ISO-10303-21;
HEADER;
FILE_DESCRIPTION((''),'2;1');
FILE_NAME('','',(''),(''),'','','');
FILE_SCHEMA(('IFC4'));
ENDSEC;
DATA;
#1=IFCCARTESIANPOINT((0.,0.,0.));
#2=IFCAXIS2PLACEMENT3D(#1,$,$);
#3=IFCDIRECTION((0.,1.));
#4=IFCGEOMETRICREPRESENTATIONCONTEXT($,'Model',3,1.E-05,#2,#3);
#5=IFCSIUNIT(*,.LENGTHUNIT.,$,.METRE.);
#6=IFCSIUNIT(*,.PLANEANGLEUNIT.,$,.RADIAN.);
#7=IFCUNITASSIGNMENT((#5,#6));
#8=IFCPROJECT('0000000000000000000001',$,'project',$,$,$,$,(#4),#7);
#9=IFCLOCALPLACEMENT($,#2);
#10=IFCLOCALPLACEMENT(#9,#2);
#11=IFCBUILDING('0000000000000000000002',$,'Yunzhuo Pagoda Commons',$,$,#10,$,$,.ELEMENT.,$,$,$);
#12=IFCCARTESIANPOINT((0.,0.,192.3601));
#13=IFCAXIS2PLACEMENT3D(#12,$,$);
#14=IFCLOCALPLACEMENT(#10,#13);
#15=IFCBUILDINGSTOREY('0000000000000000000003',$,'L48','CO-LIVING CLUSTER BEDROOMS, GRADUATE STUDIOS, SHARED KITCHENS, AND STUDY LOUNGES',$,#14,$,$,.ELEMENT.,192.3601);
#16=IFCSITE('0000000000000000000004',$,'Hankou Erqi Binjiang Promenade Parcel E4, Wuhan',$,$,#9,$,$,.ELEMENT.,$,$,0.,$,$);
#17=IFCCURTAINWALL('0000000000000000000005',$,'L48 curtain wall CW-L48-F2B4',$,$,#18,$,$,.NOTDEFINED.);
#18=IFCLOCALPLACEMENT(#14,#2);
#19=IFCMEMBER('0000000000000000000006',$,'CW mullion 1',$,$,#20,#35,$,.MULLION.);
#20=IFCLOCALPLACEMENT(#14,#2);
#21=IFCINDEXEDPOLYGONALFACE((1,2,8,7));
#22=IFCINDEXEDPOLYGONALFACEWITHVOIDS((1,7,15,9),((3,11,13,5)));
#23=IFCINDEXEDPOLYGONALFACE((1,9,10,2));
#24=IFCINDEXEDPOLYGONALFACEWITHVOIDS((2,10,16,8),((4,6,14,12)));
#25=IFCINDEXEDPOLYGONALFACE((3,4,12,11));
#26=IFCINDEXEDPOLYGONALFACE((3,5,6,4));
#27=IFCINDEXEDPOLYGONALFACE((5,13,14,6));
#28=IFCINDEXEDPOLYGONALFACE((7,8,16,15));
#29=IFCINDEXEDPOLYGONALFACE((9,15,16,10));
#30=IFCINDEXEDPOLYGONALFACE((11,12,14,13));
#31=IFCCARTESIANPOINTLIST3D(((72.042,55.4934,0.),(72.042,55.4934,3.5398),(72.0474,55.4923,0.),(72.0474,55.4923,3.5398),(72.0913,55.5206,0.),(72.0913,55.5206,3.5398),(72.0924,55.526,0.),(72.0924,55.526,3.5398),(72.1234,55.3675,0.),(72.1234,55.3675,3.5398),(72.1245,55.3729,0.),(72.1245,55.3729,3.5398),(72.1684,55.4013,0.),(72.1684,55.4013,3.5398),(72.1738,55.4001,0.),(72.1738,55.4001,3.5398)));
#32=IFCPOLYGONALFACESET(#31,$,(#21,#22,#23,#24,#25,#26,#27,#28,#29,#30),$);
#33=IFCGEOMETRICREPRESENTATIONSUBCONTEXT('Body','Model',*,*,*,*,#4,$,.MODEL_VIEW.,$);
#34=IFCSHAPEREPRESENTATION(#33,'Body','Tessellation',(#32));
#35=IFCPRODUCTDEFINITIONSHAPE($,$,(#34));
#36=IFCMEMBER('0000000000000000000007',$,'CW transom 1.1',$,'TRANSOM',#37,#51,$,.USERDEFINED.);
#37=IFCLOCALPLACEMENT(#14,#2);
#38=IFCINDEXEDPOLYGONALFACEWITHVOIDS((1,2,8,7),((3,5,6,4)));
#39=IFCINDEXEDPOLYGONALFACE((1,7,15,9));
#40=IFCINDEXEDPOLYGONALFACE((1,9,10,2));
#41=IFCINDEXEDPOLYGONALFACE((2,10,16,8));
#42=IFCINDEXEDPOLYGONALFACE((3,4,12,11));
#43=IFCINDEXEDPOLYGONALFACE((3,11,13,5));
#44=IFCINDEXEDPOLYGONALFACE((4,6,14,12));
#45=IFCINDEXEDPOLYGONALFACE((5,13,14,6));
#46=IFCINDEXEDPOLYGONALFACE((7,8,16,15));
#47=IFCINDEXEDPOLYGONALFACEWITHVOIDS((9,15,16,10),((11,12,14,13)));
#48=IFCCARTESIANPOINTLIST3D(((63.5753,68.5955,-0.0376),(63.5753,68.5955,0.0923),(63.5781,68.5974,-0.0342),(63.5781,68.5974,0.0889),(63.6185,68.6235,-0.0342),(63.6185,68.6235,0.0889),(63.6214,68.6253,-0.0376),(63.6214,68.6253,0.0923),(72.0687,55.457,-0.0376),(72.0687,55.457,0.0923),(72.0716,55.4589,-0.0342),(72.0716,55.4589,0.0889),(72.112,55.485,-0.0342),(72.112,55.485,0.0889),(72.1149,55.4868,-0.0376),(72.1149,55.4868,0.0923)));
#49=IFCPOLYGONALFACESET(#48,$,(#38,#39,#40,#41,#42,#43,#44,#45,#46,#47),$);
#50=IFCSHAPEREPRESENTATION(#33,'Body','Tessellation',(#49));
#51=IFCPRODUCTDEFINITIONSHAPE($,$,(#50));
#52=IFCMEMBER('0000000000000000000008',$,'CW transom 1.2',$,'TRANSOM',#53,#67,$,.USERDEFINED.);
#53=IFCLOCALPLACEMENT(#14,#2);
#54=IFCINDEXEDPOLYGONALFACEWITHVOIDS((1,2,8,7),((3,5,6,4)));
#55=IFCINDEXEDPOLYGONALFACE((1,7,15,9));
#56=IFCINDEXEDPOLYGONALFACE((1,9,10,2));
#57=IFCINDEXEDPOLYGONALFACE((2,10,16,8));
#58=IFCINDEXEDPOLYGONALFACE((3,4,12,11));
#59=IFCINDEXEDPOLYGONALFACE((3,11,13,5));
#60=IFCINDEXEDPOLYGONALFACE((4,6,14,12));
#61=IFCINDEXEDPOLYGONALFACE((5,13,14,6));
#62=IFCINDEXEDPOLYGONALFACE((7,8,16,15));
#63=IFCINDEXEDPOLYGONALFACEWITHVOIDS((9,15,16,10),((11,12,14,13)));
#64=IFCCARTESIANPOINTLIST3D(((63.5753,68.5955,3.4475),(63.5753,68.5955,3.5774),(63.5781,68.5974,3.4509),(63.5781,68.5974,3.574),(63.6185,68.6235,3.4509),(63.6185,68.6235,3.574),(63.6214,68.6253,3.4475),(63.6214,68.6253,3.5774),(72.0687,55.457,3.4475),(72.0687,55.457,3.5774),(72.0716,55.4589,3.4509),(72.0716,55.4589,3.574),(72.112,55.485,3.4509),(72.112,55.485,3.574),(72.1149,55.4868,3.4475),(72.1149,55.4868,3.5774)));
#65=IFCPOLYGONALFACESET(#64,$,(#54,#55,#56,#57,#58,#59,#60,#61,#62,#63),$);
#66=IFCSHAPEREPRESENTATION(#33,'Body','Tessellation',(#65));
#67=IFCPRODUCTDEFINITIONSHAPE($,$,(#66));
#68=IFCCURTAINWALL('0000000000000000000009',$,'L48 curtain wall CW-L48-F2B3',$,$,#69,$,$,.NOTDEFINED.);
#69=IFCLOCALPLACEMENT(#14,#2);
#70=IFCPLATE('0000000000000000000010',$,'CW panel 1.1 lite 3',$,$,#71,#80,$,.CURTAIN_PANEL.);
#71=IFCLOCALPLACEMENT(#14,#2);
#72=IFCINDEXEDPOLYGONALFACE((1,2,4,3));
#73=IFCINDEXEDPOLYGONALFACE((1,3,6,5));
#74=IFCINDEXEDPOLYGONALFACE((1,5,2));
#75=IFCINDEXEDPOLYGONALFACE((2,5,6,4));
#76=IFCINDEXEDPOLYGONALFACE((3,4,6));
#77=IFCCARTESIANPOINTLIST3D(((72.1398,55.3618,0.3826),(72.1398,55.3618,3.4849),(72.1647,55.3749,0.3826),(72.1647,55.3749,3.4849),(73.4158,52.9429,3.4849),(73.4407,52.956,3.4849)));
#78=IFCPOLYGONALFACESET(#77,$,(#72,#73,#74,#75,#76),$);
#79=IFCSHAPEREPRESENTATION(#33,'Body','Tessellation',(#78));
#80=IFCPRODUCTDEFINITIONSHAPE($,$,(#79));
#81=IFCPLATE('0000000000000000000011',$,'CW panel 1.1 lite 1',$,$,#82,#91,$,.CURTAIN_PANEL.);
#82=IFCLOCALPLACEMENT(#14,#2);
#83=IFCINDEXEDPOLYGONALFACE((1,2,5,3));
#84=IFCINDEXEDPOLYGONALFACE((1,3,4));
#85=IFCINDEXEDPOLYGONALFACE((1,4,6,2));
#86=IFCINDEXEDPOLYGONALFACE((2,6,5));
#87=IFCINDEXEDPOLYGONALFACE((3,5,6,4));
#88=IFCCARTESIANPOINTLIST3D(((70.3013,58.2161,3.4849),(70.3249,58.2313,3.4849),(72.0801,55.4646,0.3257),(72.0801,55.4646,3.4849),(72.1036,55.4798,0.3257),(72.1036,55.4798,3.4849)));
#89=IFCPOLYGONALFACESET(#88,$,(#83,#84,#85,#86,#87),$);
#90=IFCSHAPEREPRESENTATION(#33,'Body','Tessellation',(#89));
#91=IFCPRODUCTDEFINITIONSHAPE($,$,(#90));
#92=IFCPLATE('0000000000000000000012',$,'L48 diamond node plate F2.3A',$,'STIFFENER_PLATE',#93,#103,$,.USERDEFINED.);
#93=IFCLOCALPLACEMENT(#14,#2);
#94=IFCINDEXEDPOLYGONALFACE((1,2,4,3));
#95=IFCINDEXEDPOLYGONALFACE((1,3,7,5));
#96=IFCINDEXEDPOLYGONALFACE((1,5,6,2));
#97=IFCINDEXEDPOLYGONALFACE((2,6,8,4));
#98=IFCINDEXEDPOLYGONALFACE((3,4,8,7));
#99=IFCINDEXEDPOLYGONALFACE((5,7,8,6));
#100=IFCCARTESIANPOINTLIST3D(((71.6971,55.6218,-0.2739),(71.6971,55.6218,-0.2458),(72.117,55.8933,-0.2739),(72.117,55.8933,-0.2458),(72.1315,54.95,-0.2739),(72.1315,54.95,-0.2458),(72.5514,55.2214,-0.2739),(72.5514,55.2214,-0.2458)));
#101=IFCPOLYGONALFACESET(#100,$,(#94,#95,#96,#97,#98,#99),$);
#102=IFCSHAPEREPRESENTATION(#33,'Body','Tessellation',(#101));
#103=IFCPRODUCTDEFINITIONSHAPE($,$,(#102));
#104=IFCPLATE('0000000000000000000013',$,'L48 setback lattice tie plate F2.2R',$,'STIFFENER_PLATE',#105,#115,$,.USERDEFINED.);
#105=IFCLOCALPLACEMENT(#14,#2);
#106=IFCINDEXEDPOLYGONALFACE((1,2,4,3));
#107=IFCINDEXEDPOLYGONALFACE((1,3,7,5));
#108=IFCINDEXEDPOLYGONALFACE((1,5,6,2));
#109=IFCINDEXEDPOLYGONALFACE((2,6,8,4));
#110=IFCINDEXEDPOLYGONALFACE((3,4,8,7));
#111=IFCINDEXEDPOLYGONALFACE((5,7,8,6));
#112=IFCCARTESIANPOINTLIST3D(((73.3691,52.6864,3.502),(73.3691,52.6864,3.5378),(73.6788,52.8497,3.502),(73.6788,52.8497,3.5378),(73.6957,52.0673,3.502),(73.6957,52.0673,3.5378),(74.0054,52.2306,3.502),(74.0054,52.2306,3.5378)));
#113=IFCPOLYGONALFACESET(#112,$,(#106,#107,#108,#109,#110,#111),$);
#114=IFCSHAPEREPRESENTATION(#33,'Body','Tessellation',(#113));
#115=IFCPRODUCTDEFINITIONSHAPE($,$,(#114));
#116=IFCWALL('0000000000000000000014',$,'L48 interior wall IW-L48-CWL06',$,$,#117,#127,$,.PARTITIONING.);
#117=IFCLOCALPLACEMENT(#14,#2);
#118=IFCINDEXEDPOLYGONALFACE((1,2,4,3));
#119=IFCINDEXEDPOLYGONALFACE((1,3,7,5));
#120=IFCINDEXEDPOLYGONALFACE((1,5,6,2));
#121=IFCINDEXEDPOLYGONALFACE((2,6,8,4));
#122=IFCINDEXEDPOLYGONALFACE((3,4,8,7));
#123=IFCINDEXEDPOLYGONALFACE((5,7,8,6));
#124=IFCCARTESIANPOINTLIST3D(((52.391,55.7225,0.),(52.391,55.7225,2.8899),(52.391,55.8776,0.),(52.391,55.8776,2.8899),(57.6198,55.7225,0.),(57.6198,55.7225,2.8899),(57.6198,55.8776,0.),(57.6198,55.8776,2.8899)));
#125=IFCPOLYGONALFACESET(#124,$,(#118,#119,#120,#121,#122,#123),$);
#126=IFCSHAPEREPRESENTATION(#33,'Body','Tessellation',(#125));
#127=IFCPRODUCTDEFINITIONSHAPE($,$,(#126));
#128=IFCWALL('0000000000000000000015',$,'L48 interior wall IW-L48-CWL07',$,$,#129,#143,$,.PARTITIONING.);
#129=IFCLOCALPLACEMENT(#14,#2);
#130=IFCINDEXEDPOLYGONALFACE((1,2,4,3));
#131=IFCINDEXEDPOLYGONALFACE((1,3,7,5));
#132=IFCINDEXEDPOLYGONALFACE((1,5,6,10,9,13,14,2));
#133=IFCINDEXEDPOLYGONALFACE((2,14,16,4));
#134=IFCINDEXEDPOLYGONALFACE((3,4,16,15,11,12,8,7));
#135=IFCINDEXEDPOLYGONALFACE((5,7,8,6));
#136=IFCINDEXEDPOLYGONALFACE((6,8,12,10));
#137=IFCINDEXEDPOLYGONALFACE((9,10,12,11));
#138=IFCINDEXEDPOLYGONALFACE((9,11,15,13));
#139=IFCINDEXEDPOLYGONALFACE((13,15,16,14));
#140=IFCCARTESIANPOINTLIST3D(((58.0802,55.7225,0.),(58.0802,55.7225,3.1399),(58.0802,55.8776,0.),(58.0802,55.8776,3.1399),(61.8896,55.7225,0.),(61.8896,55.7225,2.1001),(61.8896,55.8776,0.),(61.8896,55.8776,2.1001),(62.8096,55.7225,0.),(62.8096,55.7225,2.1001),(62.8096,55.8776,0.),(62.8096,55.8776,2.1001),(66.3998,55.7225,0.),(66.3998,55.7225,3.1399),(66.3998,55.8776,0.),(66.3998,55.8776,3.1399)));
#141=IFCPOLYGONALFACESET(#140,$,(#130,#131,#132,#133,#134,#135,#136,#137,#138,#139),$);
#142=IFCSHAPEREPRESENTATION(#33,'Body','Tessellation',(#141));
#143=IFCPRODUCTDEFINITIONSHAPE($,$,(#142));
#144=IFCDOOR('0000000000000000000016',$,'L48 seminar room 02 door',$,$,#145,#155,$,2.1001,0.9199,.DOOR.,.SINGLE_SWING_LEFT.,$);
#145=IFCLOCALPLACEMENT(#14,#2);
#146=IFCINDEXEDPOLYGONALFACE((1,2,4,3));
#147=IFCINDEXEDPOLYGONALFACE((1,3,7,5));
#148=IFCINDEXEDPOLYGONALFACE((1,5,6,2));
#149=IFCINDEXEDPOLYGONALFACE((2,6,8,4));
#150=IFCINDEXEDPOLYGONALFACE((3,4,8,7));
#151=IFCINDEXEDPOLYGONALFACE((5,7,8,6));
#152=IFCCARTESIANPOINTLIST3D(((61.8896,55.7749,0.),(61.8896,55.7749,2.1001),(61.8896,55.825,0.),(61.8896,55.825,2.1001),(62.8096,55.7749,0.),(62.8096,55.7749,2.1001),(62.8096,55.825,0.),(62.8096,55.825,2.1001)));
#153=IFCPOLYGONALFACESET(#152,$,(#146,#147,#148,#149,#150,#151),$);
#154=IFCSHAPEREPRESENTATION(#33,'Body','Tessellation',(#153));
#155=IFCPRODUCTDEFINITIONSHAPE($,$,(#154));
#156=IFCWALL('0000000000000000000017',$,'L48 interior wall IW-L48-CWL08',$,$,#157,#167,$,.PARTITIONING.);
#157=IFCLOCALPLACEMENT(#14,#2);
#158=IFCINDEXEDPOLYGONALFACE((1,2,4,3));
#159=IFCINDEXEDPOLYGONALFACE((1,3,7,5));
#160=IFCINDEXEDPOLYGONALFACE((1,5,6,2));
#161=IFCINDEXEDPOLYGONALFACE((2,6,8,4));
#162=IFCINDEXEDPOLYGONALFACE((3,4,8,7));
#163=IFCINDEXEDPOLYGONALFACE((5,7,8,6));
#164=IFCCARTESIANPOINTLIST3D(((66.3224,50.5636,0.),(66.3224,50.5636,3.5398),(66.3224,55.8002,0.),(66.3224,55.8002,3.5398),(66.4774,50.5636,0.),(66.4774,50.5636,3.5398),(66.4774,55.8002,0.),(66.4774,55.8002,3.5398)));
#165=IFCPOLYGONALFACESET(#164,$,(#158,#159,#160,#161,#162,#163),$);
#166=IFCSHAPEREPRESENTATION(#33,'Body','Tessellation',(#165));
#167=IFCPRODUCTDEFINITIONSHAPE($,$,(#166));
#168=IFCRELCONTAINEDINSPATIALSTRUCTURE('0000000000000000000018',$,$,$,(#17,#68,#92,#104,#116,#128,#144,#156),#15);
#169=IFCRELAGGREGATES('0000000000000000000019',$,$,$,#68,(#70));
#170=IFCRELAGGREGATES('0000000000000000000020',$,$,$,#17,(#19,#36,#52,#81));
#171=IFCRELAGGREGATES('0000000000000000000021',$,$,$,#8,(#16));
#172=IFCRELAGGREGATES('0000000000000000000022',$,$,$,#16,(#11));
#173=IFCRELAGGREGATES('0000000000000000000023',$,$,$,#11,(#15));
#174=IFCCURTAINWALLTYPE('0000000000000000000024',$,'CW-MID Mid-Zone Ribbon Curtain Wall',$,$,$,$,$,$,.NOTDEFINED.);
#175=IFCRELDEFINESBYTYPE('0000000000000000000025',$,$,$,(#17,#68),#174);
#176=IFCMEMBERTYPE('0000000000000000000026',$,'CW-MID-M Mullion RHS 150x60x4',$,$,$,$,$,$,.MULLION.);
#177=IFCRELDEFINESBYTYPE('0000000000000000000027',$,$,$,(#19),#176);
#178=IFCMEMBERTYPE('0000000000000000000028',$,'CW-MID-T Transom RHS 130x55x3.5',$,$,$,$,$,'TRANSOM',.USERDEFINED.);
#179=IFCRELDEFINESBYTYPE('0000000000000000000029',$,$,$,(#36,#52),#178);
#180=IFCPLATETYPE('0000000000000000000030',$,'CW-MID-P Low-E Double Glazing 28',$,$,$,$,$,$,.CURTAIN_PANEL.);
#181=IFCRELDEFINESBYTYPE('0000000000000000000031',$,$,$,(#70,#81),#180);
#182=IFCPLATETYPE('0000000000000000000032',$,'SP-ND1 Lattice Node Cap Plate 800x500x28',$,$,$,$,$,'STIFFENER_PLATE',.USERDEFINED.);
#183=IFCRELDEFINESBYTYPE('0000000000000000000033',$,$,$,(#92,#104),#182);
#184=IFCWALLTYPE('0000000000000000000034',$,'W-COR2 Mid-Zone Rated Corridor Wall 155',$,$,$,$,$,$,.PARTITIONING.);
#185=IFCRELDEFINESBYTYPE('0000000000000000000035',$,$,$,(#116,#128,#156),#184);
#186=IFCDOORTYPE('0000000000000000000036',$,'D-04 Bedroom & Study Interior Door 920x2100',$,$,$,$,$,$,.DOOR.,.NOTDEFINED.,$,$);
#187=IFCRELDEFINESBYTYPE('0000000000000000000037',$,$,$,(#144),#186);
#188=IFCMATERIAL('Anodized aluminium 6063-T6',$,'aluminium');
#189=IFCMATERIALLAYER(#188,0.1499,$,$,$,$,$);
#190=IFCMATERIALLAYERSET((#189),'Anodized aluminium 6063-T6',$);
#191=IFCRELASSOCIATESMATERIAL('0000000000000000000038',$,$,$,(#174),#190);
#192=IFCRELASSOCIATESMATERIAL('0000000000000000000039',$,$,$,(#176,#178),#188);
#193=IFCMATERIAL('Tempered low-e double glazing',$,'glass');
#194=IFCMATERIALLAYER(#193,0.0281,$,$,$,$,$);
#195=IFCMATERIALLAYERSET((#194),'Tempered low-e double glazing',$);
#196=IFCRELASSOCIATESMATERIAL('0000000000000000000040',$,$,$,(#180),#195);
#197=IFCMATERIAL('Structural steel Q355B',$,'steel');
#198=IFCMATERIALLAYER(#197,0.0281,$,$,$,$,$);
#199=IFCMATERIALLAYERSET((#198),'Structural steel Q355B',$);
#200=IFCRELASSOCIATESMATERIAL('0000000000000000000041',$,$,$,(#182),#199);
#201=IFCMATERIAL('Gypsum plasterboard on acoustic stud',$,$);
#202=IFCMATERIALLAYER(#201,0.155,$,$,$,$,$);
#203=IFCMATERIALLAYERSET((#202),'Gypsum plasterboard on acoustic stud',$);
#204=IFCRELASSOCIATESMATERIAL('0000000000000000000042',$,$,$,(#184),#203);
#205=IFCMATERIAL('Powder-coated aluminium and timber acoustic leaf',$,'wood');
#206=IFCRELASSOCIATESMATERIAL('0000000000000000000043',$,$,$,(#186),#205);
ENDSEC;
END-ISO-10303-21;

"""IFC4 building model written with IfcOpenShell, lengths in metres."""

from ifc_helpers import new_model, si_unit, direction, frame, frame_2d, origin, origin_with_axes, origin_2d, place, context, subcontext, project, spatial, polyline, rectangle, hollow_rectangle, outline, extrude, source, transform, mapped, material, layer, layer_set, material_profile, profile_set, type_object, element, fill, aggregate, save


model = new_model("IFC4")

# Units and contexts
model_context = context("Model", 3, precision=1e-05, world=origin(), true_north=direction((0.0, 1.0)))
body_context = subcontext(model_context, "Body", "Model", "MODEL_VIEW")
ifc_project = project(units=[si_unit("LENGTHUNIT", "METRE"), si_unit("PLANEANGLEUNIT", "RADIAN")], contexts=[model_context])

# Site, building, storey
site_placement = place(None, origin())
site = spatial("IfcSite", under=ifc_project, at=site_placement, Name="Hankou Erqi Binjiang Promenade Parcel E4, Wuhan", CompositionType="ELEMENT", RefElevation=0.0)
building_placement = place(site_placement, origin())
building = spatial("IfcBuilding", under=site, at=building_placement, Name="Yunzhuo Pagoda Commons", CompositionType="ELEMENT")
storey_placement = place(building_placement, frame((0.0, 0.0, 192.3601)))
storey = spatial("IfcBuildingStorey", under=building, at=storey_placement, Name="L48", Description="CO-LIVING CLUSTER BEDROOMS, GRADUATE STUDIOS, SHARED KITCHENS, AND STUDY LOUNGES", CompositionType="ELEMENT", Elevation=192.3601)

# Shared definitions
ifc_material_1 = material(Name="Structural steel Q355B", Category="steel")

# Curtain wall, members
ifc_material_2 = material(Name="Anodized aluminium 6063-T6", Category="aluminium")
ifc_layer_1 = layer(ifc_material_2, 0.1499)
ifc_layer_set_1 = layer_set([ifc_layer_1], Name="Anodized aluminium 6063-T6")
curtain_wall_type = type_object("IfcCurtainWallType", Name="CW-MID Mid-Zone Ribbon Curtain Wall", PredefinedType="NOTDEFINED", material=ifc_layer_set_1)
curtain_wall_1_placement = place(storey_placement, origin())
curtain_wall_1 = element("IfcCurtainWall", 1, at=curtain_wall_1_placement, inside=storey, type_object=curtain_wall_type, Name="L48 curtain wall CW-L48-F2B4", PredefinedType="NOTDEFINED")
ifc_material_profile_1 = material_profile(ifc_material_2, hollow_rectangle(XDim=0.0601, YDim=0.1499, WallThickness=0.0039, at=origin_2d()), Name="Anodized aluminium 6063-T6")
ifc_profile_set_1 = profile_set([ifc_material_profile_1], Name="Anodized aluminium 6063-T6")
member_type_1 = type_object("IfcMemberType", Name="CW-MID-M Mullion RHS 150x60x4", PredefinedType="MULLION", material=ifc_profile_set_1)
shared_shape_1 = source(origin(), body_context, "Body", "SweptSolid", [
    extrude(hollow_rectangle(XDim=0.0601, YDim=0.1499, WallThickness=0.0039, at=origin_2d()), origin(), (0.0, 0.0, 1.0), 3.5398),
])
member_1_placement = place(storey_placement, frame((72.1079, 55.4468, 0.0), z_axis=(0.0, 0.0, 1.0), x_axis=(-0.839794, -0.542905, 0.0)))
member_1 = element("IfcMember", 2, at=member_1_placement, type_object=member_type_1, Name="CW mullion 1", PredefinedType="MULLION", context=body_context, shape_type="MappedRepresentation", body=[
    mapped(shared_shape_1, transform((0.0, 0.0, 0.0), scale=1.0)),
])
ifc_material_profile_2 = material_profile(ifc_material_2, hollow_rectangle(XDim=0.0549, YDim=0.1299, WallThickness=0.0034, at=origin_2d()), Name="Anodized aluminium 6063-T6")
ifc_profile_set_2 = profile_set([ifc_material_profile_2], Name="Anodized aluminium 6063-T6")
member_type_2 = type_object("IfcMemberType", Name="CW-MID-T Transom RHS 130x55x3.5", ElementType="TRANSOM", PredefinedType="USERDEFINED", material=ifc_profile_set_2)
shared_shape_2 = source(origin(), body_context, "Body", "SweptSolid", [
    extrude(hollow_rectangle(XDim=0.0549, YDim=0.1299, WallThickness=0.0034, at=origin_2d()), origin(), (0.0, 0.0, 1.0), 15.6448),
])
member_2_placement = place(storey_placement, frame((72.0918, 55.4719, 0.0273), z_axis=(-0.542894, 0.839801, 0.0), x_axis=(-0.839801, -0.542894, 0.0)))
member_2 = element("IfcMember", 3, at=member_2_placement, type_object=member_type_2, Name="CW transom 1.1", ObjectType="TRANSOM", PredefinedType="USERDEFINED", context=body_context, shape_type="MappedRepresentation", body=[
    mapped(shared_shape_2, transform((0.0, 0.0, 0.0), scale=1.0)),
])
member_3_placement = place(storey_placement, frame((72.0918, 55.4719, 3.5125), z_axis=(-0.542894, 0.839801, 0.0), x_axis=(-0.839801, -0.542894, 0.0)))
member_3 = element("IfcMember", 4, at=member_3_placement, type_object=member_type_2, Name="CW transom 1.2", ObjectType="TRANSOM", PredefinedType="USERDEFINED", context=body_context, shape_type="MappedRepresentation", body=[
    mapped(shared_shape_2, transform((0.0, 0.0, 0.0), scale=1.0)),
])

# Curtain wall, plate
curtain_wall_2_placement = place(storey_placement, origin())
curtain_wall_2 = element("IfcCurtainWall", 5, at=curtain_wall_2_placement, inside=storey, type_object=curtain_wall_type, Name="L48 curtain wall CW-L48-F2B3", PredefinedType="NOTDEFINED")
ifc_material_3 = material(Name="Tempered low-e double glazing", Category="glass")
ifc_layer_2 = layer(ifc_material_3, 0.0281)
ifc_layer_set_2 = layer_set([ifc_layer_2], Name="Tempered low-e double glazing")
plate_type_1 = type_object("IfcPlateType", Name="CW-MID-P Low-E Double Glazing 28", PredefinedType="CURTAIN_PANEL", material=ifc_layer_set_2)
plate_1_placement = place(storey_placement, frame((72.7778, 54.1523, 1.9338), z_axis=(0.884484, 0.466571, 0.0), x_axis=(-0.466571, 0.884484, 0.0)))
plate_1 = element("IfcPlate", 6, at=plate_1_placement, type_object=plate_type_1, Name="CW panel 1.1 lite 3", PredefinedType="CURTAIN_PANEL", context=body_context, shape_type="SweptSolid", body=[
    extrude(outline(polyline([(-1.3674, 1.551), (1.3674, -1.5513), (1.3674, 1.551), (-1.3674, 1.551)])), origin(), (0.0, 0.0, 1.0), 0.0281),
])
aggregate(curtain_wall_2, [plate_1])

# Plate
plate_2_placement = place(storey_placement, frame((71.1907, 56.8403, 1.9053), z_axis=(0.839794, 0.542905, 0.0), x_axis=(-0.542905, 0.839794, 0.0)))
plate_2 = element("IfcPlate", 7, at=plate_2_placement, type_object=plate_type_1, Name="CW panel 1.1 lite 1", PredefinedType="CURTAIN_PANEL", context=body_context, shape_type="SweptSolid", body=[
    extrude(outline(polyline([(-1.6382, -1.5796), (1.6382, 1.5796), (-1.6382, 1.5796), (-1.6382, -1.5796)])), origin(), (0.0, 0.0, 1.0), 0.0281),
])
aggregate(curtain_wall_1, [member_1, member_2, member_3, plate_2])

# Plates
ifc_layer_3 = layer(ifc_material_1, 0.0281)
ifc_layer_set_3 = layer_set([ifc_layer_3], Name="Structural steel Q355B")
plate_type_2 = type_object("IfcPlateType", Name="SP-ND1 Lattice Node Cap Plate 800x500x28", ElementType="STIFFENER_PLATE", PredefinedType="USERDEFINED", material=ifc_layer_set_3)
shared_shape_3 = source(origin(), body_context, "Body", "SweptSolid", [
    extrude(rectangle(XDim=0.8, YDim=0.5, at=origin_2d()), origin(), (0.0, 0.0, 1.0), 0.0281),
])
plate_3_placement = place(storey_placement, frame((72.1243, 55.4216, -0.2739), z_axis=(0.0, 0.0, 1.0), x_axis=(-0.542911, 0.83979, 0.0)))
element("IfcPlate", 8, at=plate_3_placement, inside=storey, type_object=plate_type_2, Name="L48 diamond node plate F2.3A", ObjectType="STIFFENER_PLATE", PredefinedType="USERDEFINED", context=body_context, shape_type="MappedRepresentation", body=[
    mapped(shared_shape_3, transform((0.0, 0.0, 0.0), scale=1.0)),
])
shared_shape_4 = source(origin(), body_context, "Body", "SweptSolid", [
    extrude(rectangle(XDim=0.7, YDim=0.3501, at=origin_2d()), origin(), (0.0, 0.0, 1.0), 0.0359),
])
plate_4_placement = place(storey_placement, frame((73.6873, 52.4585, 3.502), z_axis=(0.0, 0.0, 1.0), x_axis=(-0.466572, 0.884483, 0.0)))
element("IfcPlate", 9, at=plate_4_placement, inside=storey, type_object=plate_type_2, Name="L48 setback lattice tie plate F2.2R", ObjectType="STIFFENER_PLATE", PredefinedType="USERDEFINED", context=body_context, shape_type="MappedRepresentation", body=[
    mapped(shared_shape_4, transform((0.0, 0.0, 0.0), scale=1.0)),
])

# Wall
ifc_material_4 = material(Name="Gypsum plasterboard on acoustic stud")
ifc_layer_4 = layer(ifc_material_4, 0.155)
ifc_layer_set_4 = layer_set([ifc_layer_4], Name="Gypsum plasterboard on acoustic stud")
wall_type_1 = type_object("IfcWallType", Name="W-COR2 Mid-Zone Rated Corridor Wall 155", PredefinedType="PARTITIONING", material=ifc_layer_set_4)
wall_1_placement = place(storey_placement, frame((52.3911, 55.8, 0.0), z_axis=(0.0, 0.0, 1.0), x_axis=(1.0, 0.0, 0.0)))
element("IfcWall", 10, at=wall_1_placement, inside=storey, type_object=wall_type_1, Name="L48 interior wall IW-L48-CWL06", PredefinedType="PARTITIONING", context=body_context, shape_type="SweptSolid", body=[
    extrude(rectangle(XDim=5.2288, YDim=0.155, at=frame_2d((2.6143, 0.0))), origin(), (0.0, 0.0, 1.0), 2.8899),
])

# Wall, opening, door
wall_2_placement = place(storey_placement, frame((58.0803, 55.8, 0.0), z_axis=(0.0, 0.0, 1.0), x_axis=(1.0, 0.0, 0.0)))
wall_2 = element("IfcWall", 11, at=wall_2_placement, inside=storey, type_object=wall_type_1, Name="L48 interior wall IW-L48-CWL07", PredefinedType="PARTITIONING", context=body_context, shape_type="SweptSolid", body=[
    extrude(rectangle(XDim=8.3196, YDim=0.155, at=frame_2d((4.1597, 0.0))), origin(), (0.0, 0.0, 1.0), 3.1399),
])
opening_placement = place(wall_2_placement, frame((3.8093, 0.0, 0.0)))
opening = element("IfcOpeningElement", 12, at=opening_placement, cuts=wall_2, PredefinedType="OPENING", context=body_context, shape_type="SweptSolid", body=[
    extrude(rectangle(XDim=0.9199, YDim=2.1001, at=frame_2d((0.46, 1.05))), frame((0.0, 0.0874, 0.0), z_axis=(0.0, -1.0, 0.0), x_axis=(1.0, 0.0, 0.0)), (0.0, 0.0, 1.0), 0.175),
])
ifc_material_5 = material(Name="Powder-coated aluminium and timber acoustic leaf", Category="wood")
door_type = type_object("IfcDoorType", Name="D-04 Bedroom & Study Interior Door 920x2100", OperationType="NOTDEFINED", PredefinedType="DOOR", material=ifc_material_5)
shared_shape_5 = source(origin(), body_context, "Body", "SweptSolid", [
    extrude(rectangle(XDim=0.9199, YDim=2.1001, at=frame_2d((0.46, 1.05))), frame((0.0, 0.0249, 0.0), z_axis=(0.0, -1.0, 0.0), x_axis=(1.0, 0.0, 0.0)), (0.0, 0.0, 1.0), 0.05),
])
door_placement = place(opening_placement, origin_with_axes())
door = element("IfcDoor", 13, at=door_placement, inside=storey, type_object=door_type, Name="L48 seminar room 02 door", OperationType="SINGLE_SWING_LEFT", OverallHeight=2.1001, OverallWidth=0.9199, PredefinedType="DOOR", context=body_context, shape_type="MappedRepresentation", body=[
    mapped(shared_shape_5, transform((0.0, 0.0, 0.0), scale=1.0)),
])
fill(opening, door)

# Wall
wall_3_placement = place(storey_placement, frame((66.3999, 55.8, 0.0), z_axis=(0.0, 0.0, 1.0), x_axis=(0.0, -1.0, 0.0)))
element("IfcWall", 14, at=wall_3_placement, inside=storey, type_object=wall_type_1, Name="L48 interior wall IW-L48-CWL08", PredefinedType="PARTITIONING", context=body_context, shape_type="SweptSolid", body=[
    extrude(rectangle(XDim=5.2366, YDim=0.155, at=frame_2d((2.6182, 0.0))), origin(), (0.0, 0.0, 1.0), 3.5398),
])

save(model, "model.ifc")
